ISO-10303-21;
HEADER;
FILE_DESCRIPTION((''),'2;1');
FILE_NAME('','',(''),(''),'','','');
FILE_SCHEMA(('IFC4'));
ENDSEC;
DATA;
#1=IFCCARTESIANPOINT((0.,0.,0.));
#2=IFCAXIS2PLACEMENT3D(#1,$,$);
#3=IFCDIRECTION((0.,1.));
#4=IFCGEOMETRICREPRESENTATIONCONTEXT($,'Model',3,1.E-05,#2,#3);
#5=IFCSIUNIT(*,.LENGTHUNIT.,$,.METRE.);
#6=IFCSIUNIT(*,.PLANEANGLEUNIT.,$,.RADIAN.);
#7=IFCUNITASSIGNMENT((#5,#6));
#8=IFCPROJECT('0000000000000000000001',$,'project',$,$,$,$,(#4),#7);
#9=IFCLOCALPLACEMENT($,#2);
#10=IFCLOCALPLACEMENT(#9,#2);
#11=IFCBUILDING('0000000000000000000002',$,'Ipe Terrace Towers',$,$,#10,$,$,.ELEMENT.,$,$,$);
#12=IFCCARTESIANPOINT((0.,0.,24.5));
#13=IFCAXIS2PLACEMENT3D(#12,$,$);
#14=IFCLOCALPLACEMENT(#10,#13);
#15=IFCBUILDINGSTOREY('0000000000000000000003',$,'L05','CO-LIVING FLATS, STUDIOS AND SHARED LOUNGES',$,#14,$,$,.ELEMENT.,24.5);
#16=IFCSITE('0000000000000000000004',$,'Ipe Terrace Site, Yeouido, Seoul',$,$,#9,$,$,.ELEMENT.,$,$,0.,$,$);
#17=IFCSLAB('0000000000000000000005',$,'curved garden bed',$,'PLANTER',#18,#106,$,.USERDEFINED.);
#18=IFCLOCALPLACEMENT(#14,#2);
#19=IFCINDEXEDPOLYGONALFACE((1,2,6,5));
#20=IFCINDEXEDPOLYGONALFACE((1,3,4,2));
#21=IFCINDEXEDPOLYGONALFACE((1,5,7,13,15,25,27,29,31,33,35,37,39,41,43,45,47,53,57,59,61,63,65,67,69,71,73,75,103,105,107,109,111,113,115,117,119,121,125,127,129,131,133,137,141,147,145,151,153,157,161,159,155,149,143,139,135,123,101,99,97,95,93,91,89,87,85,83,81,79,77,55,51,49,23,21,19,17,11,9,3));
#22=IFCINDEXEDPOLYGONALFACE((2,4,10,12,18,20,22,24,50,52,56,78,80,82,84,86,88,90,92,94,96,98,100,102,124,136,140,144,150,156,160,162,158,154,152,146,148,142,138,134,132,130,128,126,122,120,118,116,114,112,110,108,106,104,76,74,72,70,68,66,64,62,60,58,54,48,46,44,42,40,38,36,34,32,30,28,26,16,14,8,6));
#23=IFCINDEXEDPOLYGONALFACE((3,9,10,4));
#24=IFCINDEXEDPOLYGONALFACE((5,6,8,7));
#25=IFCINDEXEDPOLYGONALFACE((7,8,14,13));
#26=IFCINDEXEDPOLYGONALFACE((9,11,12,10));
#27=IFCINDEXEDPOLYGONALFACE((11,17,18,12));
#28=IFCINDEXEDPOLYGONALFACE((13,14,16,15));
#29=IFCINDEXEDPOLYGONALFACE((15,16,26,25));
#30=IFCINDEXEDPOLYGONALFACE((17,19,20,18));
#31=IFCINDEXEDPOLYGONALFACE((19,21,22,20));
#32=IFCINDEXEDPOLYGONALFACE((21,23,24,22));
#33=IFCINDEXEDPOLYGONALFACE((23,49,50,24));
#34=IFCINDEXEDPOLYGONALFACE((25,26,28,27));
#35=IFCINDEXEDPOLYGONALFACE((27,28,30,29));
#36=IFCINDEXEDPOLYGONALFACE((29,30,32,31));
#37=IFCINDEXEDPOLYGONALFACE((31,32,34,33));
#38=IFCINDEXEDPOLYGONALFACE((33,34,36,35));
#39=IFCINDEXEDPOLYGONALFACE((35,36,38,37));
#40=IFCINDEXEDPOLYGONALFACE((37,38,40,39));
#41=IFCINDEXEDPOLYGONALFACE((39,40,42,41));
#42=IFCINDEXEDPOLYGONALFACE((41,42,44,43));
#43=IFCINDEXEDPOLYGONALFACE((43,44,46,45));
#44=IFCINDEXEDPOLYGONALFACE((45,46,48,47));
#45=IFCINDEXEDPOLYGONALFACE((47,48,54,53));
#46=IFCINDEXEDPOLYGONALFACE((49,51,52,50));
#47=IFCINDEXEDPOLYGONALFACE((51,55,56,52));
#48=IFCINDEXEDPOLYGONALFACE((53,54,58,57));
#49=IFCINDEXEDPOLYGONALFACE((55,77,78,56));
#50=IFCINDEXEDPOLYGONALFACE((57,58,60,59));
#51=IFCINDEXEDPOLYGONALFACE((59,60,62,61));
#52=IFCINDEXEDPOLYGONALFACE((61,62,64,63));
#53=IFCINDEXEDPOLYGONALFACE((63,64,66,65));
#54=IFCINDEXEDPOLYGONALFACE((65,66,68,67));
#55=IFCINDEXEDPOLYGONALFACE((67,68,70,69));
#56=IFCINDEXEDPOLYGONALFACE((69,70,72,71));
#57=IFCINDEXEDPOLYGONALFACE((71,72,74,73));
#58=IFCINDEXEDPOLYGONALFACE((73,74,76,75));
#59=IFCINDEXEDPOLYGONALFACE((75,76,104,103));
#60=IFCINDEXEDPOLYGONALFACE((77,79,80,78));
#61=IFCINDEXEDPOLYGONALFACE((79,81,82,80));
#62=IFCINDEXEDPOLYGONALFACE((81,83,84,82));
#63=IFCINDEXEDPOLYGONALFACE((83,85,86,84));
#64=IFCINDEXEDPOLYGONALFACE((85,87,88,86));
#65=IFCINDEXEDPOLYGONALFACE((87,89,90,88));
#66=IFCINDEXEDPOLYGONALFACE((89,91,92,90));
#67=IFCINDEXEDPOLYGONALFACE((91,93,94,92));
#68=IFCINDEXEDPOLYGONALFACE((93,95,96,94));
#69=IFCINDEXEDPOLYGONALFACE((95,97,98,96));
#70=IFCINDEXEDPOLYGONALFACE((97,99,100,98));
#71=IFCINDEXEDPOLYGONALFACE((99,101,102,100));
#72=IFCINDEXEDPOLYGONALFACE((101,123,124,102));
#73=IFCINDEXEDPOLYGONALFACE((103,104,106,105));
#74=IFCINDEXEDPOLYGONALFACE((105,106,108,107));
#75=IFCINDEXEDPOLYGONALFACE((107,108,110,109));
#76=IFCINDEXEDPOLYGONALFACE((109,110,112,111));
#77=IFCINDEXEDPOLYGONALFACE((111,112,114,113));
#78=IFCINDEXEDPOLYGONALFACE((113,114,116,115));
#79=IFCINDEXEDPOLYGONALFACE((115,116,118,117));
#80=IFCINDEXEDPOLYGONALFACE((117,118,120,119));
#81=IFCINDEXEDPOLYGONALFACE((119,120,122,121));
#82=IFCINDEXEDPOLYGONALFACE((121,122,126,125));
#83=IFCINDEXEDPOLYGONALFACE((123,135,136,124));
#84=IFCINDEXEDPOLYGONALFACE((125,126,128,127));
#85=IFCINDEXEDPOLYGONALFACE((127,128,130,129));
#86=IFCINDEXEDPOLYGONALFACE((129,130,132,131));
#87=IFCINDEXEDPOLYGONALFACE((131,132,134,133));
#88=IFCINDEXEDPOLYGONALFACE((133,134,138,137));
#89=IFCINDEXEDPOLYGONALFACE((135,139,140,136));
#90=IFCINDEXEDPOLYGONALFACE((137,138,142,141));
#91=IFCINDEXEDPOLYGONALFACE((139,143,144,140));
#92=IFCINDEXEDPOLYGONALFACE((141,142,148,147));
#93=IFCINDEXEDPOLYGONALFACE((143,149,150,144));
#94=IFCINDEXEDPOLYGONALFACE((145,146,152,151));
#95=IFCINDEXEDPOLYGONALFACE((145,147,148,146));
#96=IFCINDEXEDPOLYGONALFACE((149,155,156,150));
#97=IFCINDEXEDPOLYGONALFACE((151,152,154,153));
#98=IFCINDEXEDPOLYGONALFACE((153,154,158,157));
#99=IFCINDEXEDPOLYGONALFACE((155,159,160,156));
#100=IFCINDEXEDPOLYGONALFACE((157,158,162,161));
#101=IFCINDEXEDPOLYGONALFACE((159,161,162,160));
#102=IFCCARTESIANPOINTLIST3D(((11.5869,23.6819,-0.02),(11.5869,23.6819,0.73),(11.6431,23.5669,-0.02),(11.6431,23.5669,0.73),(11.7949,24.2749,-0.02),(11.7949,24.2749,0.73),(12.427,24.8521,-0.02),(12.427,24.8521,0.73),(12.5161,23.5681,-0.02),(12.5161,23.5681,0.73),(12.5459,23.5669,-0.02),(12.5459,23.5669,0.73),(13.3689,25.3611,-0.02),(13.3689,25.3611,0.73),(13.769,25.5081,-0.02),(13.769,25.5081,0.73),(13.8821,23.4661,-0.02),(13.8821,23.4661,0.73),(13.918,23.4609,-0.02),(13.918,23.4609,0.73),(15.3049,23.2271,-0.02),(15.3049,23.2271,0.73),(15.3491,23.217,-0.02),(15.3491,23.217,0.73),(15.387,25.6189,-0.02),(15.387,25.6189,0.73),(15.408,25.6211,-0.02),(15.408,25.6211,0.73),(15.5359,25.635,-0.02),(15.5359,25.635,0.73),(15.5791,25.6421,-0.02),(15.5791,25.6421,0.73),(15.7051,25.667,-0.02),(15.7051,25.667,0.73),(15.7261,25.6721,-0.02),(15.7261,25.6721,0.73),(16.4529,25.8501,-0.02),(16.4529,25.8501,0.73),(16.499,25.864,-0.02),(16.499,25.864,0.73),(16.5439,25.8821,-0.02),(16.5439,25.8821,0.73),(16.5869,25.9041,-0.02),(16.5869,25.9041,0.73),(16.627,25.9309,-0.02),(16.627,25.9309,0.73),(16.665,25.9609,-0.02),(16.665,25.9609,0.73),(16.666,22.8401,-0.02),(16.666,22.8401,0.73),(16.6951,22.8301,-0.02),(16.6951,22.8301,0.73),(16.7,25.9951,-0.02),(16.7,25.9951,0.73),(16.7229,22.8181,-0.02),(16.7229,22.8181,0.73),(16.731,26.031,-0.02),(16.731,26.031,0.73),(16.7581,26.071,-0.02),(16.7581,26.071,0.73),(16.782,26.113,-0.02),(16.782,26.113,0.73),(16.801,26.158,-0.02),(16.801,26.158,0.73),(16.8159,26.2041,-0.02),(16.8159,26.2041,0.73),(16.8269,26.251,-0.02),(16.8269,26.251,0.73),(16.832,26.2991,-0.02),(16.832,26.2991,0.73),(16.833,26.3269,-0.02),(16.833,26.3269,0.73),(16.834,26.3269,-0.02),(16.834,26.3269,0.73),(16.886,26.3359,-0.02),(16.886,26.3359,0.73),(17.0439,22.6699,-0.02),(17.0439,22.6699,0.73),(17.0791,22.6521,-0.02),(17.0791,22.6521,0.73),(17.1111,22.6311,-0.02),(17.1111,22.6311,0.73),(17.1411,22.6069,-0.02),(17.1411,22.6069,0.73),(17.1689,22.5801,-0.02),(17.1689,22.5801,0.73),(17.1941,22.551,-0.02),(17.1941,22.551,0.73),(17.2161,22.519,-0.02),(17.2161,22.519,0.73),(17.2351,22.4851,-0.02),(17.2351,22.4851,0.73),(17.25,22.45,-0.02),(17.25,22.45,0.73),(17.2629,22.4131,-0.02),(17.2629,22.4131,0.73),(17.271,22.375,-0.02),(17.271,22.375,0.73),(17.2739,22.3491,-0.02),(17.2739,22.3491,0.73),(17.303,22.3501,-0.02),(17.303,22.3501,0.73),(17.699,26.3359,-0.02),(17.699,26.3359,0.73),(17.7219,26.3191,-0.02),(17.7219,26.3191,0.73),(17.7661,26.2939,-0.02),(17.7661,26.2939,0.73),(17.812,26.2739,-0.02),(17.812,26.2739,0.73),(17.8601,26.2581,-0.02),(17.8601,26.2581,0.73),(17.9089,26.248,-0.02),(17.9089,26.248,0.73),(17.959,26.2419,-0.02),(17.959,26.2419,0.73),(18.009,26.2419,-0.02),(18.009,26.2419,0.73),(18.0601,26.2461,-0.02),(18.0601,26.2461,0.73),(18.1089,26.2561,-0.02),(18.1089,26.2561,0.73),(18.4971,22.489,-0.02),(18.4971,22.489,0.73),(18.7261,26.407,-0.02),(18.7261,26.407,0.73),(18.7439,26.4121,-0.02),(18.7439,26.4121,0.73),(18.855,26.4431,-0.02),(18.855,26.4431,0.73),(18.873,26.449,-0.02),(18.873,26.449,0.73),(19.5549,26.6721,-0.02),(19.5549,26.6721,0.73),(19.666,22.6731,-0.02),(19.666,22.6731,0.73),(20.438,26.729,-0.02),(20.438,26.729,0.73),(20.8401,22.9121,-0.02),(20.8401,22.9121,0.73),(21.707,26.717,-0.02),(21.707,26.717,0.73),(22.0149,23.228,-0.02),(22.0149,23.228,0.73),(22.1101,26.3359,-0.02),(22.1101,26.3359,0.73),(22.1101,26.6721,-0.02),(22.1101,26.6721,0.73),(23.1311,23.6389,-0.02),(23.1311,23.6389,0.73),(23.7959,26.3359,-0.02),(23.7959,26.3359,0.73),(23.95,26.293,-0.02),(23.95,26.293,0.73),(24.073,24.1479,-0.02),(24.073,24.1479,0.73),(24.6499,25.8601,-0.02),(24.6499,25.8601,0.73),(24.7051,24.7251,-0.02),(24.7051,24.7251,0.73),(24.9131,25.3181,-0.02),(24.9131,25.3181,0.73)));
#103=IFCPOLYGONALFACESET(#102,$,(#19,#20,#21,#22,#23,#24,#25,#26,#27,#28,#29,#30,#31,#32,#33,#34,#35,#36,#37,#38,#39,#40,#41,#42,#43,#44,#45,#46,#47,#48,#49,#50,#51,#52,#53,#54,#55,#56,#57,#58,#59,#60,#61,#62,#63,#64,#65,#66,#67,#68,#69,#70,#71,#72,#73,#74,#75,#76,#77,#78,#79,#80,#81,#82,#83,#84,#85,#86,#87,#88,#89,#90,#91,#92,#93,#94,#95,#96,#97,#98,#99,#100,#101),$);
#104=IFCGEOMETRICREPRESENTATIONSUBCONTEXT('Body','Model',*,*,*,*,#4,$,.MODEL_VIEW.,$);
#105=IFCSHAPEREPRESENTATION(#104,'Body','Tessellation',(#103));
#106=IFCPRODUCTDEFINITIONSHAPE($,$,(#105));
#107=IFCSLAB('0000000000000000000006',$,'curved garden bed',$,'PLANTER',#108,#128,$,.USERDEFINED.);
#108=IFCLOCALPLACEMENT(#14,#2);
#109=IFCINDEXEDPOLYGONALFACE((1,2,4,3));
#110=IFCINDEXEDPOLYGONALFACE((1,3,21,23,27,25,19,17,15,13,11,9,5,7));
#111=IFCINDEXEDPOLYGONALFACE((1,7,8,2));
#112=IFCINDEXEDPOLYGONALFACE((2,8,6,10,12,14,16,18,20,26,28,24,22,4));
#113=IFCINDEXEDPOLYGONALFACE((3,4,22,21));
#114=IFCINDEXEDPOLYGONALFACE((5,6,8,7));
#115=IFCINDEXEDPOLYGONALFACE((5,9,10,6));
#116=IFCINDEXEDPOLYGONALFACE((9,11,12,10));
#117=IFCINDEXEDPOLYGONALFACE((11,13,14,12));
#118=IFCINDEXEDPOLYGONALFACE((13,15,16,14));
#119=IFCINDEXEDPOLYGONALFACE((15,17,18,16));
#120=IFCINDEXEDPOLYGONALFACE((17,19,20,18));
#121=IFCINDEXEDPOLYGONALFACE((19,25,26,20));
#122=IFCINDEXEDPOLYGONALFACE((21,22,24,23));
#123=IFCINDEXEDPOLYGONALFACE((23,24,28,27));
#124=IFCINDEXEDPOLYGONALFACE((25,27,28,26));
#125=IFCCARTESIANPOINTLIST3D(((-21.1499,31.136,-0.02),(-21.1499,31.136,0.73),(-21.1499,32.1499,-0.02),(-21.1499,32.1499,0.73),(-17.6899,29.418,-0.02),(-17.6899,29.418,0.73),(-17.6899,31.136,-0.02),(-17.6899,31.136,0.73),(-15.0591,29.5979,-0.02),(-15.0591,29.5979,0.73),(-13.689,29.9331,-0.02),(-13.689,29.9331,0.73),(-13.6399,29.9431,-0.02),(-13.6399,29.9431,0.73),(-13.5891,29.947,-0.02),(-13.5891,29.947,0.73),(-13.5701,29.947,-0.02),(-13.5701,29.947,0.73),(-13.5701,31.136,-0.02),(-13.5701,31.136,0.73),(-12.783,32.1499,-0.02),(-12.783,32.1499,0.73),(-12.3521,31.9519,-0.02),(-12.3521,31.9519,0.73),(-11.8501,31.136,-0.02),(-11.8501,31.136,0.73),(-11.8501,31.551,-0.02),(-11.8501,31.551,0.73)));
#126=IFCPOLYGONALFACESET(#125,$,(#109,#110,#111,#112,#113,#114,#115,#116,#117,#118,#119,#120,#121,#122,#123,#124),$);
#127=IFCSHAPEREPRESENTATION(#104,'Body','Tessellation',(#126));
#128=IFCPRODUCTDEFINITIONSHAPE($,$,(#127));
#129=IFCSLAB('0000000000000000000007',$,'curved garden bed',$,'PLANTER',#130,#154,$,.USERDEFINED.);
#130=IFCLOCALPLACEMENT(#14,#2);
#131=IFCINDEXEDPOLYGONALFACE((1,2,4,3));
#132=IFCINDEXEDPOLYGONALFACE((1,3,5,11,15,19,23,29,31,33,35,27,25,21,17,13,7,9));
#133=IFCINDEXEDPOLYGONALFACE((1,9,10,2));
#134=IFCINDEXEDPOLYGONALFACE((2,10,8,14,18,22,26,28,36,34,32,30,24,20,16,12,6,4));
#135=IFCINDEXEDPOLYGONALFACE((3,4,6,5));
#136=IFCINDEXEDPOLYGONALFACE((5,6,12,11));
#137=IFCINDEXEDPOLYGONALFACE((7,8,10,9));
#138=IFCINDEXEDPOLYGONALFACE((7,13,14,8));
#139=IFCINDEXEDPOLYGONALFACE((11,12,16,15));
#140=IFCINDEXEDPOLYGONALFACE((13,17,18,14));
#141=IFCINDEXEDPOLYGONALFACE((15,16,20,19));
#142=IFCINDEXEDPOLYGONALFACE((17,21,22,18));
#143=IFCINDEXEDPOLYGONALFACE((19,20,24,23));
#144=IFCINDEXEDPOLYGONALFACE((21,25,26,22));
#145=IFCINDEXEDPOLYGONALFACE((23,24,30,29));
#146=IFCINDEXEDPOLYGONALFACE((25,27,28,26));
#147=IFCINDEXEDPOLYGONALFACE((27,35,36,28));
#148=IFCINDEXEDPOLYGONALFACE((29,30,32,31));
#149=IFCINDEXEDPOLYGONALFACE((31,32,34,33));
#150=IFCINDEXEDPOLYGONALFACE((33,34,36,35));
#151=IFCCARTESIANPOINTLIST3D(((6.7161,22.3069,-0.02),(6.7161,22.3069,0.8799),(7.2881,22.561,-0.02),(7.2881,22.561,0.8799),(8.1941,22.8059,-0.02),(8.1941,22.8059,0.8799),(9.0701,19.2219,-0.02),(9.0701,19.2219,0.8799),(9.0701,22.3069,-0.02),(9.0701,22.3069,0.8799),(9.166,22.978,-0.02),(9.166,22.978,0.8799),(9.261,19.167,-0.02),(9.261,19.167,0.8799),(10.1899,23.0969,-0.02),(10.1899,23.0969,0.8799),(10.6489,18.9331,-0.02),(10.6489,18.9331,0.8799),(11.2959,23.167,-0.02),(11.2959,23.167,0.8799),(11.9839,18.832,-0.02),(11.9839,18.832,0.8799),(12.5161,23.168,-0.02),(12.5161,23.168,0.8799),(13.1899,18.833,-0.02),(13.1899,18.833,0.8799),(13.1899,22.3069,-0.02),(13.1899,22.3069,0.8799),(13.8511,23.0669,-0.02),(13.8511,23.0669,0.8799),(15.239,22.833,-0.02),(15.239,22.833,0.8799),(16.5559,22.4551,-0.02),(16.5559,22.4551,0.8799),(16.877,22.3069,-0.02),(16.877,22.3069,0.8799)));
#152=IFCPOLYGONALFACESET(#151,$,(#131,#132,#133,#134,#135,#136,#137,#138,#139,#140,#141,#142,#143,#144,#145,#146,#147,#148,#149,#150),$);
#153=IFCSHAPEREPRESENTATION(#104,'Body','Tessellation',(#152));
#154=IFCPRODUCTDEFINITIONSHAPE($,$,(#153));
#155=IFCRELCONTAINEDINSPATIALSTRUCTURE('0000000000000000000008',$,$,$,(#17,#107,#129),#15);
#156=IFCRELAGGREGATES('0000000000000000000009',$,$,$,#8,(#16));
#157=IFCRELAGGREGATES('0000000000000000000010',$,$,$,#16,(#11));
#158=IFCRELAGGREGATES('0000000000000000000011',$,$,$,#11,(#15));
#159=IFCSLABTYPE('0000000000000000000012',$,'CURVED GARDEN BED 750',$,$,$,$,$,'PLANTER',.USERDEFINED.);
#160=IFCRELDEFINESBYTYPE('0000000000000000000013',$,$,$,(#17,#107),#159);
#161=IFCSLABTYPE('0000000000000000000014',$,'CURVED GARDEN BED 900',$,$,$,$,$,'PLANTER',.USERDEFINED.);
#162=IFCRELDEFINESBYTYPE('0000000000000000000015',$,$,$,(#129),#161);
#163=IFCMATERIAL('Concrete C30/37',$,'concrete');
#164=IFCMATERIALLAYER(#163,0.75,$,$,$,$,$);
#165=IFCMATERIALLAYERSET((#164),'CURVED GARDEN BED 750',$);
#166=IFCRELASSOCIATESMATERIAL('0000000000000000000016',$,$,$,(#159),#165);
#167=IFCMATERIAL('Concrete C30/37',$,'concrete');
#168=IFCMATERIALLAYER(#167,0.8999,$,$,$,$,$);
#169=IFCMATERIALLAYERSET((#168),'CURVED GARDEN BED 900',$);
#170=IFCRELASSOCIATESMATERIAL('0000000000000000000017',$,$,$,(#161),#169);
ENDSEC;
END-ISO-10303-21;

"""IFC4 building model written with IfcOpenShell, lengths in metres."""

from ifc_helpers import new_model, si_unit, direction, frame, origin, place, context, subcontext, project, spatial, polyline, outline, extrude, material, layer, layer_set, type_object, element, save


model = new_model("IFC4")

# Units and contexts
model_context = context("Model", 3, precision=1e-05, world=origin(), true_north=direction((0.0, 1.0)))
body_context = subcontext(model_context, "Body", "Model", "MODEL_VIEW")
ifc_project = project(units=[si_unit("LENGTHUNIT", "METRE"), si_unit("PLANEANGLEUNIT", "RADIAN")], contexts=[model_context])

# Site, building, storey
site_placement = place(None, origin())
site = spatial("IfcSite", under=ifc_project, at=site_placement, Name="Ipe Terrace Site, Yeouido, Seoul", CompositionType="ELEMENT", RefElevation=0.0)
building_placement = place(site_placement, origin())
building = spatial("IfcBuilding", under=site, at=building_placement, Name="Ipe Terrace Towers", CompositionType="ELEMENT")
storey_placement = place(building_placement, frame((0.0, 0.0, 24.5)))
storey = spatial("IfcBuildingStorey", under=building, at=storey_placement, Name="L05", Description="CO-LIVING FLATS, STUDIOS AND SHARED LOUNGES", CompositionType="ELEMENT", Elevation=24.5)

# Slabs
ifc_material_1 = material(Name="Concrete C30/37", Category="concrete")
ifc_layer_1 = layer(ifc_material_1, 0.75)
ifc_layer_set_1 = layer_set([ifc_layer_1], Name="CURVED GARDEN BED 750")
slab_type_1 = type_object("IfcSlabType", Name="CURVED GARDEN BED 750", ElementType="PLANTER", PredefinedType="USERDEFINED", material=ifc_layer_set_1)
slab_1_placement = place(storey_placement, frame((0.0, 0.0, -0.02)))
element("IfcSlab", 1, at=slab_1_placement, inside=storey, type_object=slab_type_1, Name="curved garden bed", ObjectType="PLANTER", PredefinedType="USERDEFINED", context=body_context, shape_type="SweptSolid", body=[
    extrude(outline(polyline([(24.9131, 25.3181), (24.7051, 24.7251), (24.073, 24.1479), (23.1311, 23.6389), (22.0149, 23.228), (20.8401, 22.9121), (19.666, 22.6731), (18.4971, 22.489), (17.303, 22.3501), (17.2739, 22.3491), (17.271, 22.375), (17.2629, 22.4131), (17.25, 22.45), (17.2351, 22.4851), (17.2161, 22.519), (17.1941, 22.551), (17.1689, 22.5801), (17.1411, 22.6069), (17.1111, 22.6311), (17.0791, 22.6521), (17.0439, 22.6699), (16.7229, 22.8181), (16.6951, 22.8301), (16.666, 22.8401), (15.3491, 23.217), (15.3049, 23.2271), (13.918, 23.4609), (13.8821, 23.4661), (12.5459, 23.5669), (12.5161, 23.5681), (11.6431, 23.5669), (11.5869, 23.6819), (11.7949, 24.2749), (12.427, 24.8521), (13.3689, 25.3611), (13.769, 25.5081), (15.387, 25.6189), (15.408, 25.6211), (15.5359, 25.635), (15.5791, 25.6421), (15.7051, 25.667), (15.7261, 25.6721), (16.4529, 25.8501), (16.499, 25.864), (16.5439, 25.8821), (16.5869, 25.9041), (16.627, 25.9309), (16.665, 25.9609), (16.7, 25.9951), (16.731, 26.031), (16.7581, 26.071), (16.782, 26.113), (16.801, 26.158), (16.8159, 26.2041), (16.8269, 26.251), (16.832, 26.2991), (16.833, 26.3269), (16.834, 26.3269), (16.886, 26.3359), (17.699, 26.3359), (17.7219, 26.3191), (17.7661, 26.2939), (17.812, 26.2739), (17.8601, 26.2581), (17.9089, 26.248), (17.959, 26.2419), (18.009, 26.2419), (18.0601, 26.2461), (18.1089, 26.2561), (18.7261, 26.407), (18.7439, 26.4121), (18.855, 26.4431), (18.873, 26.449), (19.5549, 26.6721), (20.438, 26.729), (21.707, 26.717), (22.1101, 26.6721), (22.1101, 26.3359), (23.7959, 26.3359), (23.95, 26.293), (24.6499, 25.8601), (24.9131, 25.3181)])), origin(), (0.0, 0.0, 1.0), 0.75),
])
slab_2_placement = place(storey_placement, frame((0.0, 0.0, -0.02)))
element("IfcSlab", 2, at=slab_2_placement, inside=storey, type_object=slab_type_1, Name="curved garden bed", ObjectType="PLANTER", PredefinedType="USERDEFINED", context=body_context, shape_type="SweptSolid", body=[
    extrude(outline(polyline([(-11.8501, 31.136), (-13.5701, 31.136), (-13.5701, 29.947), (-13.5891, 29.947), (-13.6399, 29.9431), (-13.689, 29.9331), (-15.0591, 29.5979), (-17.6899, 29.418), (-17.6899, 31.136), (-21.1499, 31.136), (-21.1499, 32.1499), (-12.783, 32.1499), (-12.3521, 31.9519), (-11.8501, 31.551), (-11.8501, 31.136)])), origin(), (0.0, 0.0, 1.0), 0.75),
])
ifc_material_2 = material(Name="Concrete C30/37", Category="concrete")
ifc_layer_2 = layer(ifc_material_2, 0.8999)
ifc_layer_set_2 = layer_set([ifc_layer_2], Name="CURVED GARDEN BED 900")
slab_type_2 = type_object("IfcSlabType", Name="CURVED GARDEN BED 900", ElementType="PLANTER", PredefinedType="USERDEFINED", material=ifc_layer_set_2)
slab_3_placement = place(storey_placement, frame((0.0, 0.0, -0.02)))
element("IfcSlab", 3, at=slab_3_placement, inside=storey, type_object=slab_type_2, Name="curved garden bed", ObjectType="PLANTER", PredefinedType="USERDEFINED", context=body_context, shape_type="SweptSolid", body=[
    extrude(outline(polyline([(9.166, 22.978), (10.1899, 23.0969), (11.2959, 23.167), (12.5161, 23.168), (13.8511, 23.0669), (15.239, 22.833), (16.5559, 22.4551), (16.877, 22.3069), (13.1899, 22.3069), (13.1899, 18.833), (11.9839, 18.832), (10.6489, 18.9331), (9.261, 19.167), (9.0701, 19.2219), (9.0701, 22.3069), (6.7161, 22.3069), (7.2881, 22.561), (8.1941, 22.8059), (9.166, 22.978)])), origin(), (0.0, 0.0, 1.0), 0.8999),
])

save(model, "model.ifc")
